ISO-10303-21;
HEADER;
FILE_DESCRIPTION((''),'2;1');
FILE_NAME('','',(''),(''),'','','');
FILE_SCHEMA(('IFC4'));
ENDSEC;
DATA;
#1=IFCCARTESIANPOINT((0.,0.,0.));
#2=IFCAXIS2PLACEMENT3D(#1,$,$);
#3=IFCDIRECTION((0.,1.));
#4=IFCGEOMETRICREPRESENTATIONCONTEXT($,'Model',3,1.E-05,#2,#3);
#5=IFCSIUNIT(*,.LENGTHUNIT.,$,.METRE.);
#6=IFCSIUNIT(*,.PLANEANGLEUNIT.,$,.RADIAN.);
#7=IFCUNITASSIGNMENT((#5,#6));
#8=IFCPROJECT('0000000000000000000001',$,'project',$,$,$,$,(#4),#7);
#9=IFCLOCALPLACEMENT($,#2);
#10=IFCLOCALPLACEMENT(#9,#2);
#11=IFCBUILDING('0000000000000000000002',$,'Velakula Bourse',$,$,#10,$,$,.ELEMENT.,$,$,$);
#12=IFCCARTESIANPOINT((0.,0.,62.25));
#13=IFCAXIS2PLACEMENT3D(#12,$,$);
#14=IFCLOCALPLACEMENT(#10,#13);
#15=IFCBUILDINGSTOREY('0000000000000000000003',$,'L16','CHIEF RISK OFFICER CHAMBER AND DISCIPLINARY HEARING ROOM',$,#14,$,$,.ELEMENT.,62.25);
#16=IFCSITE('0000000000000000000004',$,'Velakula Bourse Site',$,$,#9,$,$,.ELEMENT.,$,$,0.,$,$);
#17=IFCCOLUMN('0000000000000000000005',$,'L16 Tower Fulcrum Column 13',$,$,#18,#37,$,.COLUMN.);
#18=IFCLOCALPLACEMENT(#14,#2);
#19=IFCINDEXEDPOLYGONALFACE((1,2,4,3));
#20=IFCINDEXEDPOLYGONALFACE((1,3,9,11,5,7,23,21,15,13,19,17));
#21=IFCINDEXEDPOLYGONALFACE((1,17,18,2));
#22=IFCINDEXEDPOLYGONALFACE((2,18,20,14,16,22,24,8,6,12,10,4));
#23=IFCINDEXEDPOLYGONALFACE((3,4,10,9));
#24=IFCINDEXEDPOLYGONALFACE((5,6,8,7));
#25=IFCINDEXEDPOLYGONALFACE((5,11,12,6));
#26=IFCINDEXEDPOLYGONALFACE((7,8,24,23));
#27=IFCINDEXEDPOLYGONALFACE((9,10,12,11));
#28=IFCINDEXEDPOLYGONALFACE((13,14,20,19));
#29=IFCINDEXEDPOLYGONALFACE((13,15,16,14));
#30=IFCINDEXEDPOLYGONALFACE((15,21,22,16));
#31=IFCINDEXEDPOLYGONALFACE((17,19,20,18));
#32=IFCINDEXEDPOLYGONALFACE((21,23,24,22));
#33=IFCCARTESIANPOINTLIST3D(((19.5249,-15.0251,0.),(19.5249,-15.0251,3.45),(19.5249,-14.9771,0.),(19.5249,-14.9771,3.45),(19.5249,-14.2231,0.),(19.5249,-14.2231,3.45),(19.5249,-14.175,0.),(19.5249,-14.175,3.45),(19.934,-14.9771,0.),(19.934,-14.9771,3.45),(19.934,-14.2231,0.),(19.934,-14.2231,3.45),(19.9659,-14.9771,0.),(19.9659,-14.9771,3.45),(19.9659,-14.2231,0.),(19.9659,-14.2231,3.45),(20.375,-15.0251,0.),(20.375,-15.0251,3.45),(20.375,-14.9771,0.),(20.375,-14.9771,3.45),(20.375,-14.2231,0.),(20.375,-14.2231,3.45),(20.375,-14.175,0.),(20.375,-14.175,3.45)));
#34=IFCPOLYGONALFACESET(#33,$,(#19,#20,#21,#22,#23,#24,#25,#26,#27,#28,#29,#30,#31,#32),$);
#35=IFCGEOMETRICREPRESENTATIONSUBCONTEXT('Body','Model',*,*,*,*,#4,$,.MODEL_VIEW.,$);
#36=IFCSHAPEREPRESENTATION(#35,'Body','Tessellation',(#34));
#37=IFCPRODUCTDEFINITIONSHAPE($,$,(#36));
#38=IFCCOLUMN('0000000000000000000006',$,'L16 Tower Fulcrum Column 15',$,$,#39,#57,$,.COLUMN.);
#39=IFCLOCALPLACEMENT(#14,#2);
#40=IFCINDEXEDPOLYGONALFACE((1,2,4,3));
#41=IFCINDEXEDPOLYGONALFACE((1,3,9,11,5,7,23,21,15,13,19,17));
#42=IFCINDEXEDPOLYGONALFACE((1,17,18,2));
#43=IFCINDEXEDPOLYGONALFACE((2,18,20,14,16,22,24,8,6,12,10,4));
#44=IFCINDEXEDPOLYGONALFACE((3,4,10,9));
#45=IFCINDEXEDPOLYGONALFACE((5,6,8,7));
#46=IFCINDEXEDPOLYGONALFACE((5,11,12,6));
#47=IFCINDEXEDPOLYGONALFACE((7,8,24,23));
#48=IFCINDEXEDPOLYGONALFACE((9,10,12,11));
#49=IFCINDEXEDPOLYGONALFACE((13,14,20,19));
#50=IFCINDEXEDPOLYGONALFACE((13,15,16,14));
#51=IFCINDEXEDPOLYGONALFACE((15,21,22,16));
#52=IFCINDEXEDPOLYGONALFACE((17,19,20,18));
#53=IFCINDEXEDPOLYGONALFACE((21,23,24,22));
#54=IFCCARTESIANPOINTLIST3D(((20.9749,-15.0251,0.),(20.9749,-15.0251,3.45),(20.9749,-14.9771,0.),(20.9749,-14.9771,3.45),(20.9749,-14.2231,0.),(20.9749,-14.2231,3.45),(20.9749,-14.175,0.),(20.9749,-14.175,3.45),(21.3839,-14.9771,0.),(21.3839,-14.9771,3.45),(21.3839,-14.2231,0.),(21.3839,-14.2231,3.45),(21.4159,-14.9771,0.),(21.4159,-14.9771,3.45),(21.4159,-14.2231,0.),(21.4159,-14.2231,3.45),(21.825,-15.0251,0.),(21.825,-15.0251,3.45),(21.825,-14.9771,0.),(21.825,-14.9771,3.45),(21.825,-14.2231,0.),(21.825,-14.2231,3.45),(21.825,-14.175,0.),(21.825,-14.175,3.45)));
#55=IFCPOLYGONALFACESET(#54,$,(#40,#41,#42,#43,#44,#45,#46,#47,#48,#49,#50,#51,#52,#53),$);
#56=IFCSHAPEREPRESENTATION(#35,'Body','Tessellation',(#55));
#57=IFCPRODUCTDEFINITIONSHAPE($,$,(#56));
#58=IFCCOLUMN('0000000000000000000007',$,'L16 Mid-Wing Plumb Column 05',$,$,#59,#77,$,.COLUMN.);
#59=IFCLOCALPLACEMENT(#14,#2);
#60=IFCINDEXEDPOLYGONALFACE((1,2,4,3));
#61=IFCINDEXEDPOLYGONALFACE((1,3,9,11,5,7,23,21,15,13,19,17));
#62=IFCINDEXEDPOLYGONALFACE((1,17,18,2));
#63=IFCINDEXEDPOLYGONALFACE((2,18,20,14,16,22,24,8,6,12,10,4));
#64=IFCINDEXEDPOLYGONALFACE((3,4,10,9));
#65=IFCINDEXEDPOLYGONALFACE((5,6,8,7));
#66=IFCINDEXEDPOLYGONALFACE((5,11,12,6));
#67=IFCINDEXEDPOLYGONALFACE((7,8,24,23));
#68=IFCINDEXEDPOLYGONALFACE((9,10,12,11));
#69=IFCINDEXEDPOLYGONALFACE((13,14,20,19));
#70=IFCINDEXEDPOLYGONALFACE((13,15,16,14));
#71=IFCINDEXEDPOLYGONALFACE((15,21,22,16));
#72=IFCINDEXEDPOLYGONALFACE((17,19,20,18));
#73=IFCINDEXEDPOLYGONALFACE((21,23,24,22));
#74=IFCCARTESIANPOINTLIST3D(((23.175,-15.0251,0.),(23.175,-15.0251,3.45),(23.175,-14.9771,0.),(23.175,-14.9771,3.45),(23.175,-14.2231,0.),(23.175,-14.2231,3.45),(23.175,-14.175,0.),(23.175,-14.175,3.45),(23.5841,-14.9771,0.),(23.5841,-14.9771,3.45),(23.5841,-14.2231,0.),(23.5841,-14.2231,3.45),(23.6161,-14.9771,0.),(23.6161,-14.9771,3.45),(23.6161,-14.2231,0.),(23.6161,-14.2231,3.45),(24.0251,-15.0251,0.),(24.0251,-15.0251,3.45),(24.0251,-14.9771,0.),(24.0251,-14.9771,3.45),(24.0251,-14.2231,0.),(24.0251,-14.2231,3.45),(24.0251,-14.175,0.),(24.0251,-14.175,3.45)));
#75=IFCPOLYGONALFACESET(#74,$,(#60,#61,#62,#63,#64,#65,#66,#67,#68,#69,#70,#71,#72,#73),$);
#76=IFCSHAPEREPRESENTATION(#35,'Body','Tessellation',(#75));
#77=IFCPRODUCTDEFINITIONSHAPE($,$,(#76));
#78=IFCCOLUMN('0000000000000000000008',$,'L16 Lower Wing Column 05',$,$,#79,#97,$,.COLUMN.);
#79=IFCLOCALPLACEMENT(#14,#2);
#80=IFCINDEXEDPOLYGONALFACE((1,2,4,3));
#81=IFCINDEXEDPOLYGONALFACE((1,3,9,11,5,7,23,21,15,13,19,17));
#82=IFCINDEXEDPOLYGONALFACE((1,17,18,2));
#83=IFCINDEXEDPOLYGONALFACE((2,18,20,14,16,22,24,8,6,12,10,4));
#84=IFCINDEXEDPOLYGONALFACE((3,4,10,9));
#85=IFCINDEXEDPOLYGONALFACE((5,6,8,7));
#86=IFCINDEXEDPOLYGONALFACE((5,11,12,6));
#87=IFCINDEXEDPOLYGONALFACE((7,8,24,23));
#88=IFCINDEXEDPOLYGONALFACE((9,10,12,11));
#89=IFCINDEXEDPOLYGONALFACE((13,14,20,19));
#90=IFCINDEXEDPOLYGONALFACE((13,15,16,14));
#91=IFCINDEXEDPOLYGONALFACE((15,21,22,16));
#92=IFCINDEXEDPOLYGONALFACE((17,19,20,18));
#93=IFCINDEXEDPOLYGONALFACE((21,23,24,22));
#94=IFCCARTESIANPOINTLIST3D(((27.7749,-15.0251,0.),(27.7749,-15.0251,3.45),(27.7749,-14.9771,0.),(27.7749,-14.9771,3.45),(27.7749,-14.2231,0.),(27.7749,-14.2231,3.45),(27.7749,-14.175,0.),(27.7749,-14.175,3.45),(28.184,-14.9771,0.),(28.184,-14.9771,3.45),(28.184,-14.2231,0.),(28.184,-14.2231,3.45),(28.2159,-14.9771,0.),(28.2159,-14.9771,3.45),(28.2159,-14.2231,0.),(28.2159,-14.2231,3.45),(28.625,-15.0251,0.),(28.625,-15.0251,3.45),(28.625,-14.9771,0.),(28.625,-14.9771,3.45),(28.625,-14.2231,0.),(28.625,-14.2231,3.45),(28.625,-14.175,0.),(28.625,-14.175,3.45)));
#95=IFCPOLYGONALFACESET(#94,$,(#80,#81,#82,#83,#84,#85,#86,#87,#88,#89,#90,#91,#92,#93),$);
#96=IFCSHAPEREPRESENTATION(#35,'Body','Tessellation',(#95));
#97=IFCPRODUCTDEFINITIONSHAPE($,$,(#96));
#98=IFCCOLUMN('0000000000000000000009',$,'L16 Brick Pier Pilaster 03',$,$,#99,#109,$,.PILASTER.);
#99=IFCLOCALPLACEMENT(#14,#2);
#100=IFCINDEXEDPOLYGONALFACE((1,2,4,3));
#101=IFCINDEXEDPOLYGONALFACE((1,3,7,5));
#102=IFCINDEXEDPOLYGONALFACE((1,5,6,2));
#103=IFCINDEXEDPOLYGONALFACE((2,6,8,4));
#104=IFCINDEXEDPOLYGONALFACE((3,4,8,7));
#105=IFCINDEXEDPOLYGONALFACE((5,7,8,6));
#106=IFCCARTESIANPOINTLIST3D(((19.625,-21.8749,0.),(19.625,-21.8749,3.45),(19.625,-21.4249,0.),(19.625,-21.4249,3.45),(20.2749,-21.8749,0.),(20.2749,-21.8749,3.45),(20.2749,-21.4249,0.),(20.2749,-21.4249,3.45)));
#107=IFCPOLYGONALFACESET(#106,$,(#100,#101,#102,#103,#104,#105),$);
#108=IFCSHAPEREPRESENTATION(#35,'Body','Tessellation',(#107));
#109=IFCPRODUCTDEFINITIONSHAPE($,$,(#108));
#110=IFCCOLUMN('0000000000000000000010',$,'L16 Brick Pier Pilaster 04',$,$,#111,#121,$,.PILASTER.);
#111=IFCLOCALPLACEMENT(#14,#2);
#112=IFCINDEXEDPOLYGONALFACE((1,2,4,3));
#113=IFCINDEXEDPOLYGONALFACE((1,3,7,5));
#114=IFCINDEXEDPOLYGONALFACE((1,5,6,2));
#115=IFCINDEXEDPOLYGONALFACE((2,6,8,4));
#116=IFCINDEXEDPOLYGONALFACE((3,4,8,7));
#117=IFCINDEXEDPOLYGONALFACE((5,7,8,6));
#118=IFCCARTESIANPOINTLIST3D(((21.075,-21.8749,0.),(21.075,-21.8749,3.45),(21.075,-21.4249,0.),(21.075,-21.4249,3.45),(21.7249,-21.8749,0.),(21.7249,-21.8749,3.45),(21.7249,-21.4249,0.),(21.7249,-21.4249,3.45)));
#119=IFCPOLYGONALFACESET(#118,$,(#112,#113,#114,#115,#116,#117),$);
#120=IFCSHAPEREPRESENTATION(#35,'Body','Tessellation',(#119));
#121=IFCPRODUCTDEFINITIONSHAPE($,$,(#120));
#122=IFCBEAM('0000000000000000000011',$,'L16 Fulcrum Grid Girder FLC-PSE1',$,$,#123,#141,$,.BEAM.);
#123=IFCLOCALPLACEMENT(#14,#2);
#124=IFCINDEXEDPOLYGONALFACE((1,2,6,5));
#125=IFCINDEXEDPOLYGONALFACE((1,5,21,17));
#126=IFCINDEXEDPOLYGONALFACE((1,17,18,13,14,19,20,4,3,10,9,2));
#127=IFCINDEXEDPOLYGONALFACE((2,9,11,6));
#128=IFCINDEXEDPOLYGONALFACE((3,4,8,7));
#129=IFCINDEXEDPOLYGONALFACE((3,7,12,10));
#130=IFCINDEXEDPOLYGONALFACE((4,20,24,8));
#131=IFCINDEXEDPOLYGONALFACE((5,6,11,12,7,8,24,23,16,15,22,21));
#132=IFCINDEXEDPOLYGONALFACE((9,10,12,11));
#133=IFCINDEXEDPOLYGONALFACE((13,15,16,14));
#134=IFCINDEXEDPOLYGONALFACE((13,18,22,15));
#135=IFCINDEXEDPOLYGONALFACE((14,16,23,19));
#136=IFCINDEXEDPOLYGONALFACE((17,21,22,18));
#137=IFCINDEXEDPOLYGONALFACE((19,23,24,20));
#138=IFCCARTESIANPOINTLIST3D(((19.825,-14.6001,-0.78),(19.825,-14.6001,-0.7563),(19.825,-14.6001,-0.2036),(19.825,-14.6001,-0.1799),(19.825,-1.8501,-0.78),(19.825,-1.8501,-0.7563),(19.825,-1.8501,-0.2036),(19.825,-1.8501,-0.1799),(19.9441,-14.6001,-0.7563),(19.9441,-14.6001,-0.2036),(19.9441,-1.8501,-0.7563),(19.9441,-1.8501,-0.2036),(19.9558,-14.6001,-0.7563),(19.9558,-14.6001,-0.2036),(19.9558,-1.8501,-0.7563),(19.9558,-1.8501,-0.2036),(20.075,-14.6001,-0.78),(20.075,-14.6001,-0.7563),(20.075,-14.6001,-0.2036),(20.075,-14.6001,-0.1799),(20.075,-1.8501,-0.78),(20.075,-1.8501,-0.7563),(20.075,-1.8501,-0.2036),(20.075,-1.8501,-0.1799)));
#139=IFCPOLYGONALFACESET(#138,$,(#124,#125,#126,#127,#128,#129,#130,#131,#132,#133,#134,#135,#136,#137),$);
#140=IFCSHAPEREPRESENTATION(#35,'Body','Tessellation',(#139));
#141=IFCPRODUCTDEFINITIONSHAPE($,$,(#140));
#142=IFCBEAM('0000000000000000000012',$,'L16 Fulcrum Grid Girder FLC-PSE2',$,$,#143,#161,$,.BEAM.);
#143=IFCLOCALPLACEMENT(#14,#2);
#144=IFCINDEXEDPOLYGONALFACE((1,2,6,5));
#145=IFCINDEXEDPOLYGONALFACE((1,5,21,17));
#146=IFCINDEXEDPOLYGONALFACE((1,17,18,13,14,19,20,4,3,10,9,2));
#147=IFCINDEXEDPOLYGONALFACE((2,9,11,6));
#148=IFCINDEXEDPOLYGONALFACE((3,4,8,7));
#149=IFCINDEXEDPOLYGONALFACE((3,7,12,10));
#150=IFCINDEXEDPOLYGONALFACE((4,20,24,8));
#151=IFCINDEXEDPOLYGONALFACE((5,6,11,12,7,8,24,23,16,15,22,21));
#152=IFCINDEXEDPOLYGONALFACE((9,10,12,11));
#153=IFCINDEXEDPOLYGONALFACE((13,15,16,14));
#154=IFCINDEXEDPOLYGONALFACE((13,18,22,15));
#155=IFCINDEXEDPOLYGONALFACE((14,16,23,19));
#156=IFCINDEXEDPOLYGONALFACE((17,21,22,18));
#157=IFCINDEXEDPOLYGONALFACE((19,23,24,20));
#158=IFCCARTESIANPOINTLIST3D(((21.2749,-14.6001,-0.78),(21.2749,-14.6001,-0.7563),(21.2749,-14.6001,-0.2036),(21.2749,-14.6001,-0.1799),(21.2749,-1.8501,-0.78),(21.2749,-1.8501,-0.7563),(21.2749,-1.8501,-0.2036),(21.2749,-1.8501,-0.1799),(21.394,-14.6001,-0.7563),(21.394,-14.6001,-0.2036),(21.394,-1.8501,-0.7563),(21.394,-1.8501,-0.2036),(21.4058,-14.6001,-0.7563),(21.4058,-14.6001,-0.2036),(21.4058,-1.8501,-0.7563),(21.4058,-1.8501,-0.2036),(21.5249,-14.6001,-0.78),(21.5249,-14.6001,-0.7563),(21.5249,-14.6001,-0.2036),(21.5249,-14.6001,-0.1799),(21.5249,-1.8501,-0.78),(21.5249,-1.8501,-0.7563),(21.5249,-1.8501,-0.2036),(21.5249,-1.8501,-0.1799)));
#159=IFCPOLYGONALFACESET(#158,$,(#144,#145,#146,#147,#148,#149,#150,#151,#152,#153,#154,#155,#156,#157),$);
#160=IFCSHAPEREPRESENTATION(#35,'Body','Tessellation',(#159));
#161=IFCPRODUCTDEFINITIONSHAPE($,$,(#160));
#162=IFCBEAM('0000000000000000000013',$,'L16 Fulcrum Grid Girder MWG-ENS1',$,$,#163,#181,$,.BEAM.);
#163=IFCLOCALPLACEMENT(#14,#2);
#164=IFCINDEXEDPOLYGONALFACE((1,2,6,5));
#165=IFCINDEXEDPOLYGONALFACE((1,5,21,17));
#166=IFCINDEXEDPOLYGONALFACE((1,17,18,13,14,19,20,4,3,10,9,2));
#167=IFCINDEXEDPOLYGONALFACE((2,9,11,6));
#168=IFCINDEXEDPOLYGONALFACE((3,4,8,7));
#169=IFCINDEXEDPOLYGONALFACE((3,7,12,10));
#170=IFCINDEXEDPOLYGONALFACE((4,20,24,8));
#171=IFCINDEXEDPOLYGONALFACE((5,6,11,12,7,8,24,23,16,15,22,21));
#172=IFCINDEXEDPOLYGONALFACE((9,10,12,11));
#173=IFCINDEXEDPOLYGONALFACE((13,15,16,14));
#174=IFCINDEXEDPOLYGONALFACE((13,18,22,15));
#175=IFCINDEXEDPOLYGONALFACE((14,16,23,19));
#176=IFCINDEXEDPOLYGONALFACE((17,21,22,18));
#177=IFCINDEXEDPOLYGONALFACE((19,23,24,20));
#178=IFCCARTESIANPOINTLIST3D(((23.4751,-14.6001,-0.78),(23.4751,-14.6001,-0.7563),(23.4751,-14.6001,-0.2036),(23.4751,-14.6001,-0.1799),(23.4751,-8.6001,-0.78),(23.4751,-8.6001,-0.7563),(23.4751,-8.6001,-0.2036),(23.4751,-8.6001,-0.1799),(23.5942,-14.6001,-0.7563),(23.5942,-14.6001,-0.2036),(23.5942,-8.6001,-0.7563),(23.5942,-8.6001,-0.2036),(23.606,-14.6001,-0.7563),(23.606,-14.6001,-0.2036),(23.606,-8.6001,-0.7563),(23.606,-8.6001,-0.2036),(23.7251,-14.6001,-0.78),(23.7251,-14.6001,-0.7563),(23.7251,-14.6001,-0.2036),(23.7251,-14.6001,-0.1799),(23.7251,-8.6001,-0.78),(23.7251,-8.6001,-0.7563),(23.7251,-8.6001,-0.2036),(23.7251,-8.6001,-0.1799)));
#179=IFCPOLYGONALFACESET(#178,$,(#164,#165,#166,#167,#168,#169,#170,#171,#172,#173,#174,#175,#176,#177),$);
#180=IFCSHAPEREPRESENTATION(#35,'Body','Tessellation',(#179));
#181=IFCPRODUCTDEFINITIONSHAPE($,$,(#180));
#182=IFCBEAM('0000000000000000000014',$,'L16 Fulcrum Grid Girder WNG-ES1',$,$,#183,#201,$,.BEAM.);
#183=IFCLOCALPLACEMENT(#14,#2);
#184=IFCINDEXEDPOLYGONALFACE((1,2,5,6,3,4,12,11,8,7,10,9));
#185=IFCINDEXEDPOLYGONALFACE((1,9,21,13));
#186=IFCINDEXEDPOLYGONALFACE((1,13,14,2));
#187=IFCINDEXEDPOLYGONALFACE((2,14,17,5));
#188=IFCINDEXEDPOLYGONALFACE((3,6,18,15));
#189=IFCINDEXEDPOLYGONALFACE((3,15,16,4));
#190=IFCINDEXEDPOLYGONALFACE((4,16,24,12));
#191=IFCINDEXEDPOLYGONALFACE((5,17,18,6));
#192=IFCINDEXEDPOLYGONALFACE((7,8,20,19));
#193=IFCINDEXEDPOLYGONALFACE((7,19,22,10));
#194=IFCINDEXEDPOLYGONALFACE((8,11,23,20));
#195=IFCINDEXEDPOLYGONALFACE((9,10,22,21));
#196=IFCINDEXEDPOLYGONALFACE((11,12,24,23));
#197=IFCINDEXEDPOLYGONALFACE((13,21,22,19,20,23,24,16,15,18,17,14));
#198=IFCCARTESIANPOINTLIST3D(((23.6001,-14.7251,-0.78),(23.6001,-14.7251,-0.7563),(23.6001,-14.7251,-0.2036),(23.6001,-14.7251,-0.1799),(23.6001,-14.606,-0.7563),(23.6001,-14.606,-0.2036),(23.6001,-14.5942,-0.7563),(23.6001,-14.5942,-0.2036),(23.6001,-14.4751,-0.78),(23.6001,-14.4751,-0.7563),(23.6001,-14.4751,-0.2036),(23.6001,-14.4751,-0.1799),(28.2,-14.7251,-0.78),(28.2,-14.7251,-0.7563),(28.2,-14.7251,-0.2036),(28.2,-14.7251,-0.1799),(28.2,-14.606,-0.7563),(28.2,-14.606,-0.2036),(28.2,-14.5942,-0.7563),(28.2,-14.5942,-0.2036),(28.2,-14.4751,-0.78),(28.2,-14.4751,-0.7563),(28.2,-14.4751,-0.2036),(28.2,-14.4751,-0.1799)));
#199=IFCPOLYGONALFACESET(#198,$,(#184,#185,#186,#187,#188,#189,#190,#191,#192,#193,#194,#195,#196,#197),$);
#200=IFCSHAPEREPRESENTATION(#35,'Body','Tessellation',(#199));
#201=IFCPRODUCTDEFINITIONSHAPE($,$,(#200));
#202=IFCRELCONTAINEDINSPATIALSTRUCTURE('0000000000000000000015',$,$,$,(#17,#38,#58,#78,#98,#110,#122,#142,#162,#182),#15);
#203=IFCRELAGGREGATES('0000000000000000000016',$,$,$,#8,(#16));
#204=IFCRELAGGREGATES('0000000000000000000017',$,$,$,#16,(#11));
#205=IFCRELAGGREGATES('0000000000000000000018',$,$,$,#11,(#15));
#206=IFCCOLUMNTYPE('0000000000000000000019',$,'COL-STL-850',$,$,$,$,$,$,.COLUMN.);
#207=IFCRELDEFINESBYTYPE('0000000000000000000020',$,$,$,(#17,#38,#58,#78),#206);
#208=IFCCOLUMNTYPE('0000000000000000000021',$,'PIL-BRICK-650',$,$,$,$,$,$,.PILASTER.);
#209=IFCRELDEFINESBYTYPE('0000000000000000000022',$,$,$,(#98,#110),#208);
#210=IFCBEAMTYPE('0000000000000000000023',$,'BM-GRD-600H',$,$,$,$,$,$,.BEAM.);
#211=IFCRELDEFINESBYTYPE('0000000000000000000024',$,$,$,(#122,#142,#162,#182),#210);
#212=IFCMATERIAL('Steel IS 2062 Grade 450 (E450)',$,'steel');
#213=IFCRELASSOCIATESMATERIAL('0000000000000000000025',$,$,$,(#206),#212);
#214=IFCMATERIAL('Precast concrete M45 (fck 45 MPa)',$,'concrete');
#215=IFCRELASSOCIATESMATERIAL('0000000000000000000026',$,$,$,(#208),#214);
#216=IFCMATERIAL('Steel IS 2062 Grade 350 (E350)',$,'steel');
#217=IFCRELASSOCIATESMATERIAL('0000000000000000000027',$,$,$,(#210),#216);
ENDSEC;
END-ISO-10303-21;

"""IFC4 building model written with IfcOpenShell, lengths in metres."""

from ifc_helpers import new_model, si_unit, direction, frame, origin, origin_2d, place, context, subcontext, project, spatial, rectangle, i_section, extrude, material, material_profile, profile_set, type_object, element, save


model = new_model("IFC4")

# Units and contexts
model_context = context("Model", 3, precision=1e-05, world=origin(), true_north=direction((0.0, 1.0)))
body_context = subcontext(model_context, "Body", "Model", "MODEL_VIEW")
ifc_project = project(units=[si_unit("LENGTHUNIT", "METRE"), si_unit("PLANEANGLEUNIT", "RADIAN")], contexts=[model_context])

# Site, building, storey
site_placement = place(None, origin())
site = spatial("IfcSite", under=ifc_project, at=site_placement, Name="Velakula Bourse Site", CompositionType="ELEMENT", RefElevation=0.0)
building_placement = place(site_placement, origin())
building = spatial("IfcBuilding", under=site, at=building_placement, Name="Velakula Bourse", CompositionType="ELEMENT")
storey_placement = place(building_placement, frame((0.0, 0.0, 62.25)))
storey = spatial("IfcBuildingStorey", under=building, at=storey_placement, Name="L16", Description="CHIEF RISK OFFICER CHAMBER AND DISCIPLINARY HEARING ROOM", CompositionType="ELEMENT", Elevation=62.25)

# Columns
ifc_material_1 = material(Name="Steel IS 2062 Grade 450 (E450)", Category="steel")
ifc_material_profile_1 = material_profile(ifc_material_1, i_section(OverallWidth=0.8501, OverallDepth=0.8501, WebThickness=0.032, FlangeThickness=0.0481, at=origin_2d()), Name="Steel IS 2062 Grade 450 (E450)")
ifc_profile_set_1 = profile_set([ifc_material_profile_1], Name="Steel IS 2062 Grade 450 (E450)")
column_type_1 = type_object("IfcColumnType", Name="COL-STL-850", PredefinedType="COLUMN", material=ifc_profile_set_1)
for number, where, z_axis, x_axis, name in (
    (1, (19.95, -14.6001, 0.0), (0.0, 0.0, 1.0), (1.0, 0.0, 0.0), "L16 Tower Fulcrum Column 13"),
    (2, (21.3999, -14.6001, 0.0), (0.0, 0.0, 1.0), (1.0, 0.0, 0.0), "L16 Tower Fulcrum Column 15"),
    (3, (23.6001, -14.6001, 0.0), (0.0, 0.0, 1.0), (1.0, 0.0, 0.0), "L16 Mid-Wing Plumb Column 05"),
    (4, (28.2, -14.6001, 0.0), (0.0, 0.0, 1.0), (1.0, 0.0, 0.0), "L16 Lower Wing Column 05"),
):
    element("IfcColumn", number, at=place(storey_placement, frame(where, z_axis=z_axis, x_axis=x_axis)), inside=storey, type_object=column_type_1, Name=name, PredefinedType="COLUMN", context=body_context, shape_type="SweptSolid", body=[
        extrude(i_section(OverallWidth=0.8501, OverallDepth=0.8501, WebThickness=0.032, FlangeThickness=0.0481, at=origin_2d()), origin(), (0.0, 0.0, 1.0), 3.45),
    ])
ifc_material_2 = material(Name="Precast concrete M45 (fck 45 MPa)", Category="concrete")
ifc_material_profile_2 = material_profile(ifc_material_2, rectangle(XDim=0.6499, YDim=0.45, at=origin_2d()), Name="Precast concrete M45 (fck 45 MPa)")
ifc_profile_set_2 = profile_set([ifc_material_profile_2], Name="Precast concrete M45 (fck 45 MPa)")
column_type_2 = type_object("IfcColumnType", Name="PIL-BRICK-650", PredefinedType="PILASTER", material=ifc_profile_set_2)
for number, where, z_axis, x_axis, name in (
    (5, (19.95, -21.6499, 0.0), (0.0, 0.0, 1.0), (1.0, 0.0, 0.0), "L16 Brick Pier Pilaster 03"),
    (6, (21.3999, -21.6499, 0.0), (0.0, 0.0, 1.0), (1.0, 0.0, 0.0), "L16 Brick Pier Pilaster 04"),
):
    element("IfcColumn", number, at=place(storey_placement, frame(where, z_axis=z_axis, x_axis=x_axis)), inside=storey, type_object=column_type_2, Name=name, PredefinedType="PILASTER", context=body_context, shape_type="SweptSolid", body=[
        extrude(rectangle(XDim=0.6499, YDim=0.45, at=origin_2d()), origin(), (0.0, 0.0, 1.0), 3.45),
    ])

# Beams
ifc_material_3 = material(Name="Steel IS 2062 Grade 350 (E350)", Category="steel")
ifc_material_profile_3 = material_profile(ifc_material_3, i_section(OverallWidth=0.25, OverallDepth=0.6001, WebThickness=0.0117, FlangeThickness=0.0237, at=origin_2d()), Name="Steel IS 2062 Grade 350 (E350)")
ifc_profile_set_3 = profile_set([ifc_material_profile_3], Name="Steel IS 2062 Grade 350 (E350)")
beam_type_1 = type_object("IfcBeamType", Name="BM-GRD-600H", PredefinedType="BEAM", material=ifc_profile_set_3)
for number, where, z_axis, x_axis, name in (
    (7, (19.95, -14.6001, -0.48), (0.0, 1.0, 0.0), (-1.0, 0.0, 0.0), "L16 Fulcrum Grid Girder FLC-PSE1"),
    (8, (21.3999, -14.6001, -0.48), (0.0, 1.0, 0.0), (-1.0, 0.0, 0.0), "L16 Fulcrum Grid Girder FLC-PSE2"),
):
    element("IfcBeam", number, at=place(storey_placement, frame(where, z_axis=z_axis, x_axis=x_axis)), inside=storey, type_object=beam_type_1, Name=name, PredefinedType="BEAM", context=body_context, shape_type="SweptSolid", body=[
        extrude(i_section(OverallWidth=0.25, OverallDepth=0.6001, WebThickness=0.0117, FlangeThickness=0.0237, at=origin_2d()), origin(), (0.0, 0.0, 1.0), 12.75),
    ])
beam_1_placement = place(storey_placement, frame((23.6001, -14.6001, -0.48), z_axis=(0.0, 1.0, 0.0), x_axis=(-1.0, 0.0, 0.0)))
element("IfcBeam", 9, at=beam_1_placement, inside=storey, type_object=beam_type_1, Name="L16 Fulcrum Grid Girder MWG-ENS1", PredefinedType="BEAM", context=body_context, shape_type="SweptSolid", body=[
    extrude(i_section(OverallWidth=0.25, OverallDepth=0.6001, WebThickness=0.0117, FlangeThickness=0.0237, at=origin_2d()), origin(), (0.0, 0.0, 1.0), 6.0),
])
beam_2_placement = place(storey_placement, frame((23.6001, -14.6001, -0.48), z_axis=(1.0, 0.0, 0.0), x_axis=(0.0, 1.0, 0.0)))
element("IfcBeam", 10, at=beam_2_placement, inside=storey, type_object=beam_type_1, Name="L16 Fulcrum Grid Girder WNG-ES1", PredefinedType="BEAM", context=body_context, shape_type="SweptSolid", body=[
    extrude(i_section(OverallWidth=0.25, OverallDepth=0.6001, WebThickness=0.0117, FlangeThickness=0.0237, at=origin_2d()), origin(), (0.0, 0.0, 1.0), 4.5999),
])

save(model, "model.ifc")
